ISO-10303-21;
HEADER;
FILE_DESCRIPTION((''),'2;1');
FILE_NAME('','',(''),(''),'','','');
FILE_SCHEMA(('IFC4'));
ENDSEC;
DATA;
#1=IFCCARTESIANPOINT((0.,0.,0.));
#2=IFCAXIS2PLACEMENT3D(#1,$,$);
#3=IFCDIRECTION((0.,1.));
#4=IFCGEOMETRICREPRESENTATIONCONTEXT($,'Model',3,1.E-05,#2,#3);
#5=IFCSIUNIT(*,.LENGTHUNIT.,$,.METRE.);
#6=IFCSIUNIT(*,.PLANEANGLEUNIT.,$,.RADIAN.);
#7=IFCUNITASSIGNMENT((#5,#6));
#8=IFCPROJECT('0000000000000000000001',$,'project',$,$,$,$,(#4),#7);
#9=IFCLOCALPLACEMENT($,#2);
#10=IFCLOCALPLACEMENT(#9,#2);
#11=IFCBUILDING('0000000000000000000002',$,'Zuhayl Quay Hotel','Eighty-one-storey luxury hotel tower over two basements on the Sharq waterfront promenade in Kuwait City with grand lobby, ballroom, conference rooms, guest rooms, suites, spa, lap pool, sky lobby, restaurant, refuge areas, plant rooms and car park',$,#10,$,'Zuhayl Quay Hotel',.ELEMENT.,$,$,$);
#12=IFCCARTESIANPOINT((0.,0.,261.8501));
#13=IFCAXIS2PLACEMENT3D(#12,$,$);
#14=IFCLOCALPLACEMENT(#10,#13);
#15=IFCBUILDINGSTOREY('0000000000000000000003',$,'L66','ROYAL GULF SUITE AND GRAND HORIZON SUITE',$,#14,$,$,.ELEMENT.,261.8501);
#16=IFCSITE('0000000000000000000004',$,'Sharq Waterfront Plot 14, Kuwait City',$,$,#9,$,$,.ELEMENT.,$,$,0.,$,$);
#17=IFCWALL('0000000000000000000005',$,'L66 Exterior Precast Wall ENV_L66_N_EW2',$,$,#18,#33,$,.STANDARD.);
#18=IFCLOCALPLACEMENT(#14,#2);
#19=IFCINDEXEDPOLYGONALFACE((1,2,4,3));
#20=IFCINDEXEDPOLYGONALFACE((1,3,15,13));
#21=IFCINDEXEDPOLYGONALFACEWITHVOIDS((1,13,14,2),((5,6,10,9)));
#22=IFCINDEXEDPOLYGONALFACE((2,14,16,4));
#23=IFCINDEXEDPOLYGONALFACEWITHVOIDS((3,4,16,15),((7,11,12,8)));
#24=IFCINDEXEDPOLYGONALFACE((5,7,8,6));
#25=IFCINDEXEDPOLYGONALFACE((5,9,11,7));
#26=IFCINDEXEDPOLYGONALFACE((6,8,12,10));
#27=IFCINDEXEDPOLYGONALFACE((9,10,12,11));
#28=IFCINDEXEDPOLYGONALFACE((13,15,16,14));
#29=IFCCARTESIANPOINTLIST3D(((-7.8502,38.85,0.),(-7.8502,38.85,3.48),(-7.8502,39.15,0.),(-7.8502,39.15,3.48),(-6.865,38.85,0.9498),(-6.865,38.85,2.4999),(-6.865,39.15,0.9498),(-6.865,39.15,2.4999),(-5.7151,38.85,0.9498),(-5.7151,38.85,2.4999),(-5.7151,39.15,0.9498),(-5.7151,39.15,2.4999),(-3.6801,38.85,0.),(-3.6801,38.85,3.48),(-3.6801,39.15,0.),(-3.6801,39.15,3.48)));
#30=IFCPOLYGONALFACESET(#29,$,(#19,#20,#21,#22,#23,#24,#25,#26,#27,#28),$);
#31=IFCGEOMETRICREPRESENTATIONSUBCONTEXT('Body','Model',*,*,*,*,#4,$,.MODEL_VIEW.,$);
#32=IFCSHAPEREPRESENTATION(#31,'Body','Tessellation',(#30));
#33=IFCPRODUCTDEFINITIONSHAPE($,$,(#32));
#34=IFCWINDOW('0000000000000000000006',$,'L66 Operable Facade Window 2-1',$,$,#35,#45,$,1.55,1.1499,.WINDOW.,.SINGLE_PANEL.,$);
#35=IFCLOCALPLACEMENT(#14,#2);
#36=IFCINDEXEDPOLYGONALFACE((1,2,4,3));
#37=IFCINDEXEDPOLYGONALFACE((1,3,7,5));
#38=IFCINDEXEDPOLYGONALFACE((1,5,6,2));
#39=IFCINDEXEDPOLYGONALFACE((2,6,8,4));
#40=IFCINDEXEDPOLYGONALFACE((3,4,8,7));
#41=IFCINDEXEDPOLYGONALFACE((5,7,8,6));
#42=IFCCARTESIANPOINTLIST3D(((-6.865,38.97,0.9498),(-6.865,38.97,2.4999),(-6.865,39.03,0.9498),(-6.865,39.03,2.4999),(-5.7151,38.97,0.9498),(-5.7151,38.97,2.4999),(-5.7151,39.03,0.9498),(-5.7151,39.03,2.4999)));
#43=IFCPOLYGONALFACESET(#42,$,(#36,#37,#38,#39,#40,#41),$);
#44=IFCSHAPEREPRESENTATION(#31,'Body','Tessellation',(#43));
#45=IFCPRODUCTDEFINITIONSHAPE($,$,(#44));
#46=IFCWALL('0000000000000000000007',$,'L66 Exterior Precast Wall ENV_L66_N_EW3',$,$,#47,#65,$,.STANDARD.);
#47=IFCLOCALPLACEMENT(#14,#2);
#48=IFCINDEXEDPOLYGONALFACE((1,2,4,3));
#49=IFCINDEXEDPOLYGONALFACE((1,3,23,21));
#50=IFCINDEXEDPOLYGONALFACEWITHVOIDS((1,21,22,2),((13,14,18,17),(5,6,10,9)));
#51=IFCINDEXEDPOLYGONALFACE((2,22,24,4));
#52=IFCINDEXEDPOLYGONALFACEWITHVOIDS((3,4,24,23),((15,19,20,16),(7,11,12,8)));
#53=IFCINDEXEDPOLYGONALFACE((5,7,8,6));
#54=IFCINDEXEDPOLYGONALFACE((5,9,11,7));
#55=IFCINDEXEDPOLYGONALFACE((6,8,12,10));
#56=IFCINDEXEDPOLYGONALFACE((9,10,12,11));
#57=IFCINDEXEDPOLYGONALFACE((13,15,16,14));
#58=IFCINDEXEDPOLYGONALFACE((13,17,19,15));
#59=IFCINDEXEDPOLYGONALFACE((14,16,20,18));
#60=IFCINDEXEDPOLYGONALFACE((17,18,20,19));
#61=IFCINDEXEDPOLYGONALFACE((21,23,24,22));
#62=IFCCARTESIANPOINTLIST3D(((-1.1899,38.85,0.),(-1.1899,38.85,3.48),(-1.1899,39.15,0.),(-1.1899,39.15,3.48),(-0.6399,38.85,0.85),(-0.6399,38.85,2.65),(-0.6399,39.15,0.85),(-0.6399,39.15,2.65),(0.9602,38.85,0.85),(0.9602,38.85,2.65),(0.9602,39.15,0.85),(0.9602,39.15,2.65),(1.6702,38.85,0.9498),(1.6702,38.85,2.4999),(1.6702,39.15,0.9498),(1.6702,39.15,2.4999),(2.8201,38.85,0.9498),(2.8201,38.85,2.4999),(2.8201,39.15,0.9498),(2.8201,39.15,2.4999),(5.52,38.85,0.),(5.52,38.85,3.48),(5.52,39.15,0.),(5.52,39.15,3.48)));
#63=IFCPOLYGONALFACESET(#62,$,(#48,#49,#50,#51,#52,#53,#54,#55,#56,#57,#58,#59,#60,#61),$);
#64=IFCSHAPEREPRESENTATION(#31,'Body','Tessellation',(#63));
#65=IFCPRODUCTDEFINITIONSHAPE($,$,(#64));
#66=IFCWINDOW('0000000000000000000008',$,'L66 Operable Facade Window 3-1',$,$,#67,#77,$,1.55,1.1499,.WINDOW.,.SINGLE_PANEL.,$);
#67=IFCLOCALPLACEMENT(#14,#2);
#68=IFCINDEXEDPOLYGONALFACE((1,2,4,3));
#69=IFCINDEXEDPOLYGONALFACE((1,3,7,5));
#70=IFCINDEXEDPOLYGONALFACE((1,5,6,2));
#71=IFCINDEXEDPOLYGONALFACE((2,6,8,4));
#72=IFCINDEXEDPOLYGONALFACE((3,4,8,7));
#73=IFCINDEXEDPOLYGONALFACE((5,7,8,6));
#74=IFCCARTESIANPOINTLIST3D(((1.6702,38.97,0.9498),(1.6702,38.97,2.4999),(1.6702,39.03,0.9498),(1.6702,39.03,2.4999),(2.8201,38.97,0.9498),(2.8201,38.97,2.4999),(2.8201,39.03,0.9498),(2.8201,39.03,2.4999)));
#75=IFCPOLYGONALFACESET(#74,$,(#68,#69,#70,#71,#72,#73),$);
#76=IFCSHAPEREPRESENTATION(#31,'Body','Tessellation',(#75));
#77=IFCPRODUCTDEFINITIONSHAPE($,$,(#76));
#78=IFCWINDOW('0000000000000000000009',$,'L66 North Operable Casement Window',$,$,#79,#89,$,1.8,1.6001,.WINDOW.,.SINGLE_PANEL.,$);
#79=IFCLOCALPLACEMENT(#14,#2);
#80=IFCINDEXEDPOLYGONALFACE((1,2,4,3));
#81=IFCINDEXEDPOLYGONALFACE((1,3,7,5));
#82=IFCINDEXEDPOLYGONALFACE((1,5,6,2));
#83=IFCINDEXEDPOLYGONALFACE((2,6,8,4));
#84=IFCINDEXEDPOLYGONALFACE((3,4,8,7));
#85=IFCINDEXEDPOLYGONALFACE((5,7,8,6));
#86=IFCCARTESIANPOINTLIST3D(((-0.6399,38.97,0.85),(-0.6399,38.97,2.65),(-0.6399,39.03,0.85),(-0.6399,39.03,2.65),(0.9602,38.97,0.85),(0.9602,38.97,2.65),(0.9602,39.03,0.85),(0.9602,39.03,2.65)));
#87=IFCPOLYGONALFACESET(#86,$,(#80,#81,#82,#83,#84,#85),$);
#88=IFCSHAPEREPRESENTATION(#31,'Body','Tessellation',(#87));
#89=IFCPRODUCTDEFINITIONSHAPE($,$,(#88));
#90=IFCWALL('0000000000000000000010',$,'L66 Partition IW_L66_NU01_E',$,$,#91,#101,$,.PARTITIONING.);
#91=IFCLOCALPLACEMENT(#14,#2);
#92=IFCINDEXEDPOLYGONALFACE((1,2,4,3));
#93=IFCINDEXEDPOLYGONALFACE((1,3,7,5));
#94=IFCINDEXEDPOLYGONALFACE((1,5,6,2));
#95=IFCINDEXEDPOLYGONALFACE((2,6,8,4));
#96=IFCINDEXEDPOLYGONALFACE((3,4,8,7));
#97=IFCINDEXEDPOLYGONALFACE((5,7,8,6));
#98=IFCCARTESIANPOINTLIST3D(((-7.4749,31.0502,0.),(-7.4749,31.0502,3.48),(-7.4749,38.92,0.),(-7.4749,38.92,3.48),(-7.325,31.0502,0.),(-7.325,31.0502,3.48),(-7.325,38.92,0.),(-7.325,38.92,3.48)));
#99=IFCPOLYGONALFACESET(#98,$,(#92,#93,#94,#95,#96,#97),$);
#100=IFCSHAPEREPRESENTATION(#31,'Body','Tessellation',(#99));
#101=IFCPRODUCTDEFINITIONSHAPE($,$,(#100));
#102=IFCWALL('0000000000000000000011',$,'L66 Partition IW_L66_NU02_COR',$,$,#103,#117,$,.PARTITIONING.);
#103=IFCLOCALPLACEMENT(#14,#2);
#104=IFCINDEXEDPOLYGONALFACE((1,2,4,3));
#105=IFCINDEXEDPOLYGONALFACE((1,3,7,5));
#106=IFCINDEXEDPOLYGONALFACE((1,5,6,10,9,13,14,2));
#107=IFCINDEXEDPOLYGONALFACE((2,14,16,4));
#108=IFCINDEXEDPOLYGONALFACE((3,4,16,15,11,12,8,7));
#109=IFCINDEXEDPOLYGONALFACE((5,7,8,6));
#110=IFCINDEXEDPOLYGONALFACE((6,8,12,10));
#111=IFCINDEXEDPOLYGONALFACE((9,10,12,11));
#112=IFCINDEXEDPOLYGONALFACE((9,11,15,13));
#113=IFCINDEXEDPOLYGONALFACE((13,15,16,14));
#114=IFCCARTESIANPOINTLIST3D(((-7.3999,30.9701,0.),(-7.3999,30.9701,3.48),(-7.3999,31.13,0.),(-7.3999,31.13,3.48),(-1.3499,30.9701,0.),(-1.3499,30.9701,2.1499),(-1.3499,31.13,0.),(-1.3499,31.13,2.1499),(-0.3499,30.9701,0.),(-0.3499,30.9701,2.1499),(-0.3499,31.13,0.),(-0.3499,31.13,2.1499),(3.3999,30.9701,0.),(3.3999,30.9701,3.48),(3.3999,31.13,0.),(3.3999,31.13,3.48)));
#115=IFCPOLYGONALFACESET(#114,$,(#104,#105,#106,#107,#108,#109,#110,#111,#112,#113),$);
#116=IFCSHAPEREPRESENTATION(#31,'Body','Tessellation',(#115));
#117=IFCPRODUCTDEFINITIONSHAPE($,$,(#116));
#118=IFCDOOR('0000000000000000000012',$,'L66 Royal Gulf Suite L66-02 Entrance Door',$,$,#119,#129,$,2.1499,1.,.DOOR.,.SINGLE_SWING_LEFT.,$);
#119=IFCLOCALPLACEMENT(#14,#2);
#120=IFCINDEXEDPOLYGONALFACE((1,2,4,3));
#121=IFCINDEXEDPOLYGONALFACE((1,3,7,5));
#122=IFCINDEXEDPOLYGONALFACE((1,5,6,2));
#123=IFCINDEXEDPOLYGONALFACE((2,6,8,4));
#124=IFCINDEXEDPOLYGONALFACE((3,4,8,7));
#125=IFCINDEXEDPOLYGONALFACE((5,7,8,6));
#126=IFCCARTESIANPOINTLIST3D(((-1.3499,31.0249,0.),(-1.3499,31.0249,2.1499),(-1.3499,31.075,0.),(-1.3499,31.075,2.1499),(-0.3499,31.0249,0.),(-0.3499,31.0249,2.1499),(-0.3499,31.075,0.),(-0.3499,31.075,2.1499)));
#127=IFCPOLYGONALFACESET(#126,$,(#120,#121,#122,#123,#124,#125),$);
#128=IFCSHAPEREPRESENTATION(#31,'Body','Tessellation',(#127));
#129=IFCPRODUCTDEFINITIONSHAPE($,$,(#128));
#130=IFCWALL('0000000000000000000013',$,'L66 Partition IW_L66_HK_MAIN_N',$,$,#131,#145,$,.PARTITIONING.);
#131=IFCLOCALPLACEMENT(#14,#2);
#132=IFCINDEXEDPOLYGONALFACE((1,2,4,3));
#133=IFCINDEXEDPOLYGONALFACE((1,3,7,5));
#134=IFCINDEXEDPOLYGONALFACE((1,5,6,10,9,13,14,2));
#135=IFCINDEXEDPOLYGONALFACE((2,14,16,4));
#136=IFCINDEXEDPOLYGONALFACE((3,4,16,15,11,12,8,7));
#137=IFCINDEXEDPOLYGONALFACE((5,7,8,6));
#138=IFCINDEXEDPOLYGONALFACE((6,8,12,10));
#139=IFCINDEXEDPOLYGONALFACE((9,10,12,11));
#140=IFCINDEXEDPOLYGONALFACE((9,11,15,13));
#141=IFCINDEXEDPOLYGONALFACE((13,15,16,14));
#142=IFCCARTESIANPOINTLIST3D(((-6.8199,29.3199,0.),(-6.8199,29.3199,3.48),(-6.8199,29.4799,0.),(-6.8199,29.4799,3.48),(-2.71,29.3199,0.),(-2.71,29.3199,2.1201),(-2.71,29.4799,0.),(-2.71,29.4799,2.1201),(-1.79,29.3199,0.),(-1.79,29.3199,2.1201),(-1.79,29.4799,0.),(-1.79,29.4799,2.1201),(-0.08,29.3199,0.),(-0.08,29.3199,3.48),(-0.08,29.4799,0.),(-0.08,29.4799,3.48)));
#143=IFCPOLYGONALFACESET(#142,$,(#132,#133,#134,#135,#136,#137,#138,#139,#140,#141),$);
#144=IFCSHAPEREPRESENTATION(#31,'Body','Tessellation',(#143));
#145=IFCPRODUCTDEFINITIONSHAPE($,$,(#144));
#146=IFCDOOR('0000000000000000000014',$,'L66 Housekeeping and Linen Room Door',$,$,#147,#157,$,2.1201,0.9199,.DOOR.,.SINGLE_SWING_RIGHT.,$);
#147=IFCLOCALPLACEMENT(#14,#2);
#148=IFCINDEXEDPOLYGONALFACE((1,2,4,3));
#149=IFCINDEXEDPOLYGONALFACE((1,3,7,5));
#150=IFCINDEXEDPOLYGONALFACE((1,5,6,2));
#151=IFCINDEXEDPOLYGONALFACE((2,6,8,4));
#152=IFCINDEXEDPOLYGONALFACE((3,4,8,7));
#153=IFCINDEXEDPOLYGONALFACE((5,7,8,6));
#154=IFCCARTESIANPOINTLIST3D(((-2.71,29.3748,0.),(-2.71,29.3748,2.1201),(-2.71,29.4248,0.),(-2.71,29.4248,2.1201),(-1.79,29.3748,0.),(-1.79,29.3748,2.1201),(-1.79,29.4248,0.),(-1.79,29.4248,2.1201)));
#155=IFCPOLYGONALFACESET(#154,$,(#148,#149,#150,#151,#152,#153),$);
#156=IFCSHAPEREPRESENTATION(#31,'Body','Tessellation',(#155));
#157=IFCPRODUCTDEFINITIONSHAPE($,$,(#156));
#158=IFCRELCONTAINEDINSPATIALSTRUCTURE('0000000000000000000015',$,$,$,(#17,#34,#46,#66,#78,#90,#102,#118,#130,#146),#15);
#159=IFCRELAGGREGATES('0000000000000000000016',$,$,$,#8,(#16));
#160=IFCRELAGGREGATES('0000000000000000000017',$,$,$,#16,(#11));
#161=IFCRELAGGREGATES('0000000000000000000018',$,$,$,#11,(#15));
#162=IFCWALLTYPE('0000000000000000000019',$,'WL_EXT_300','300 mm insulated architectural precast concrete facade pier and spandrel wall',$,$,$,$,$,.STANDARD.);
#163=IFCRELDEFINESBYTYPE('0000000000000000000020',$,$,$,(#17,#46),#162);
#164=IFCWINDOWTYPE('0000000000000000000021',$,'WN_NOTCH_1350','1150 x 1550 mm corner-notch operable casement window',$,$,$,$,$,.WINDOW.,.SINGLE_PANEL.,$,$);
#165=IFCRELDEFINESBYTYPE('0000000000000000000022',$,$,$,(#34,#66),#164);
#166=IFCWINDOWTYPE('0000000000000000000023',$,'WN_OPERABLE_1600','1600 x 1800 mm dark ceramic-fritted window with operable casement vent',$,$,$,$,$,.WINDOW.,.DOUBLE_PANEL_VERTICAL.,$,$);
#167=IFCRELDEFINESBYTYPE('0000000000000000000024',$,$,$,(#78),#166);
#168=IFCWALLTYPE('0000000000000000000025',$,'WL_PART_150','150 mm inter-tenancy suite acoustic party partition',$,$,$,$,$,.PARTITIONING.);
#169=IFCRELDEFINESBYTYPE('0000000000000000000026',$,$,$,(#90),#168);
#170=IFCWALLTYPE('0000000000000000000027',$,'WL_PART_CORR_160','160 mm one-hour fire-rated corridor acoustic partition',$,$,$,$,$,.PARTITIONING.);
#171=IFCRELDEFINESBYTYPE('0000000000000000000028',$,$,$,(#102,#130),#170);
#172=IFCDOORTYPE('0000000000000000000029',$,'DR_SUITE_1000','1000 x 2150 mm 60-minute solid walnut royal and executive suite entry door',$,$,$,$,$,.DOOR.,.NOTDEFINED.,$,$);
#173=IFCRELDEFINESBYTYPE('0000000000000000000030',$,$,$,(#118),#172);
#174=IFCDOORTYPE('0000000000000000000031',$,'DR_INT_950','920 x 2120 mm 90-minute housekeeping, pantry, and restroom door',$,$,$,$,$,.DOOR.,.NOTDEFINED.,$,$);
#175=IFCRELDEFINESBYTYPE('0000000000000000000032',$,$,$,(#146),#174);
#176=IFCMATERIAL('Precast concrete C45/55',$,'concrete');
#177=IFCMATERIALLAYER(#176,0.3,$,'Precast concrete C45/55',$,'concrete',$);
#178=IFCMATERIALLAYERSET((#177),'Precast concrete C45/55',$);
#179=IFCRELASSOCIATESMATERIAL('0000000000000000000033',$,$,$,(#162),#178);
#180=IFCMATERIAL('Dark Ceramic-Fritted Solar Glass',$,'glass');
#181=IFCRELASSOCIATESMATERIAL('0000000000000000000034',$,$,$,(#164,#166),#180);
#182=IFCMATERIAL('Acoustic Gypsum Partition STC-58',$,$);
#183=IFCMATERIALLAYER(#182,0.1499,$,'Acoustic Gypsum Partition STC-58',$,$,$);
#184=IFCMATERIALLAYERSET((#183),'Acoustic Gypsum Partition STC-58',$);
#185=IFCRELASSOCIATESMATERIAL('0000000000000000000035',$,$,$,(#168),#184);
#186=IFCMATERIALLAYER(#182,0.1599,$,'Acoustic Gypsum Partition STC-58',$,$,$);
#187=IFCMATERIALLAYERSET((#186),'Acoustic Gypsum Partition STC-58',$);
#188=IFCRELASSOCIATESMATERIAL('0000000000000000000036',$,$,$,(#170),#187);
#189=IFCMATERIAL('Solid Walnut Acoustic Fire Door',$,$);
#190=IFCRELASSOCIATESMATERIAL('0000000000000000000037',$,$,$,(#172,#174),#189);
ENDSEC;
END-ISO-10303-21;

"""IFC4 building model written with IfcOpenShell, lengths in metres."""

from ifc_helpers import new_model, si_unit, direction, frame, frame_2d, origin, place, context, subcontext, project, spatial, rectangle, extrude, material, layer, layer_set, type_object, element, fill, save


model = new_model("IFC4")

# Units and contexts
model_context = context("Model", 3, precision=1e-05, world=origin(), true_north=direction((0.0, 1.0)))
body_context = subcontext(model_context, "Body", "Model", "MODEL_VIEW")
ifc_project = project(units=[si_unit("LENGTHUNIT", "METRE"), si_unit("PLANEANGLEUNIT", "RADIAN")], contexts=[model_context])

# Site, building, storey
site_placement = place(None, origin())
site = spatial("IfcSite", under=ifc_project, at=site_placement, Name="Sharq Waterfront Plot 14, Kuwait City", CompositionType="ELEMENT", RefElevation=0.0)
building_placement = place(site_placement, origin())
building = spatial("IfcBuilding", under=site, at=building_placement, Name="Zuhayl Quay Hotel", Description="Eighty-one-storey luxury hotel tower over two basements on the Sharq waterfront promenade in Kuwait City with grand lobby, ballroom, conference rooms, guest rooms, suites, spa, lap pool, sky lobby, restaurant, refuge areas, plant rooms and car park", LongName="Zuhayl Quay Hotel", CompositionType="ELEMENT")
storey_placement = place(building_placement, frame((0.0, 0.0, 261.8501)))
storey = spatial("IfcBuildingStorey", under=building, at=storey_placement, Name="L66", Description="ROYAL GULF SUITE AND GRAND HORIZON SUITE", CompositionType="ELEMENT", Elevation=261.8501)

# Shared definitions
ifc_material_1 = material(Name="Dark Ceramic-Fritted Solar Glass", Category="glass")

# Wall, opening, window
ifc_material_2 = material(Name="Precast concrete C45/55", Category="concrete")
ifc_layer_1 = layer(ifc_material_2, 0.3, Name="Precast concrete C45/55", Category="concrete")
ifc_layer_set_1 = layer_set([ifc_layer_1], Name="Precast concrete C45/55")
wall_type_1 = type_object("IfcWallType", Name="WL_EXT_300", Description="300 mm insulated architectural precast concrete facade pier and spandrel wall", PredefinedType="STANDARD", material=ifc_layer_set_1)
wall_1_placement = place(storey_placement, frame((-7.8501, 39.0, 0.0), z_axis=(0.0, 0.0, 1.0), x_axis=(1.0, 0.0, 0.0)))
wall_1 = element("IfcWall", 1, at=wall_1_placement, inside=storey, type_object=wall_type_1, Name="L66 Exterior Precast Wall ENV_L66_N_EW2", PredefinedType="STANDARD", context=body_context, shape_type="SweptSolid", body=[
    extrude(rectangle(XDim=4.1702, YDim=0.3, at=frame_2d((2.085, 0.0))), origin(), (0.0, 0.0, 1.0), 3.48),
])
opening_1_placement = place(wall_1_placement, frame((0.9851, 0.0, 0.95)))
opening_1 = element("IfcOpeningElement", 2, at=opening_1_placement, cuts=wall_1, PredefinedType="OPENING", context=body_context, shape_type="SweptSolid", body=[
    extrude(rectangle(XDim=1.1499, YDim=1.55, at=frame_2d((0.575, 0.7749))), frame((0.0, 0.1599, 0.0), z_axis=(0.0, -1.0, 0.0), x_axis=(1.0, 0.0, 0.0)), (0.0, 0.0, 1.0), 0.3201),
])
window_type_1 = type_object("IfcWindowType", Name="WN_NOTCH_1350", Description="1150 x 1550 mm corner-notch operable casement window", PartitioningType="SINGLE_PANEL", PredefinedType="WINDOW", material=ifc_material_1)
window_1_placement = place(opening_1_placement, origin())
window_1 = element("IfcWindow", 3, at=window_1_placement, inside=storey, type_object=window_type_1, Name="L66 Operable Facade Window 2-1", OverallHeight=1.55, OverallWidth=1.1499, PartitioningType="SINGLE_PANEL", PredefinedType="WINDOW", context=body_context, shape_type="SweptSolid", body=[
    extrude(rectangle(XDim=1.1499, YDim=1.55, at=frame_2d((0.575, 0.7749))), frame((0.0, 0.03, 0.0), z_axis=(0.0, -1.0, 0.0), x_axis=(1.0, 0.0, 0.0)), (0.0, 0.0, 1.0), 0.0601),
])
fill(opening_1, window_1)

# Wall, openings, windows
wall_2_placement = place(storey_placement, frame((-1.1899, 39.0, 0.0), z_axis=(0.0, 0.0, 1.0), x_axis=(1.0, 0.0, 0.0)))
wall_2 = element("IfcWall", 4, at=wall_2_placement, inside=storey, type_object=wall_type_1, Name="L66 Exterior Precast Wall ENV_L66_N_EW3", PredefinedType="STANDARD", context=body_context, shape_type="SweptSolid", body=[
    extrude(rectangle(XDim=6.71, YDim=0.3, at=frame_2d((3.355, 0.0))), origin(), (0.0, 0.0, 1.0), 3.48),
])
opening_2_placement = place(wall_2_placement, frame((0.55, 0.0, 0.8501)))
opening_2 = element("IfcOpeningElement", 5, at=opening_2_placement, cuts=wall_2, PredefinedType="OPENING", context=body_context, shape_type="SweptSolid", body=[
    extrude(rectangle(XDim=1.6001, YDim=1.8, at=frame_2d((0.8, 0.8999))), frame((0.0, 0.1599, 0.0), z_axis=(0.0, -1.0, 0.0), x_axis=(1.0, 0.0, 0.0)), (0.0, 0.0, 1.0), 0.3201),
])
opening_3_placement = place(wall_2_placement, frame((2.8601, 0.0, 0.95)))
opening_3 = element("IfcOpeningElement", 6, at=opening_3_placement, cuts=wall_2, PredefinedType="OPENING", context=body_context, shape_type="SweptSolid", body=[
    extrude(rectangle(XDim=1.1499, YDim=1.55, at=frame_2d((0.575, 0.7749))), frame((0.0, 0.1599, 0.0), z_axis=(0.0, -1.0, 0.0), x_axis=(1.0, 0.0, 0.0)), (0.0, 0.0, 1.0), 0.3201),
])
window_2_placement = place(opening_3_placement, origin())
window_2 = element("IfcWindow", 7, at=window_2_placement, inside=storey, type_object=window_type_1, Name="L66 Operable Facade Window 3-1", OverallHeight=1.55, OverallWidth=1.1499, PartitioningType="SINGLE_PANEL", PredefinedType="WINDOW", context=body_context, shape_type="SweptSolid", body=[
    extrude(rectangle(XDim=1.1499, YDim=1.55, at=frame_2d((0.575, 0.7749))), frame((0.0, 0.03, 0.0), z_axis=(0.0, -1.0, 0.0), x_axis=(1.0, 0.0, 0.0)), (0.0, 0.0, 1.0), 0.0601),
])
fill(opening_3, window_2)
window_type_2 = type_object("IfcWindowType", Name="WN_OPERABLE_1600", Description="1600 x 1800 mm dark ceramic-fritted window with operable casement vent", PartitioningType="DOUBLE_PANEL_VERTICAL", PredefinedType="WINDOW", material=ifc_material_1)
window_3_placement = place(opening_2_placement, origin())
window_3 = element("IfcWindow", 8, at=window_3_placement, inside=storey, type_object=window_type_2, Name="L66 North Operable Casement Window", OverallHeight=1.8, OverallWidth=1.6001, PartitioningType="SINGLE_PANEL", PredefinedType="WINDOW", context=body_context, shape_type="SweptSolid", body=[
    extrude(rectangle(XDim=1.6001, YDim=1.8, at=frame_2d((0.8, 0.8999))), frame((0.0, 0.03, 0.0), z_axis=(0.0, -1.0, 0.0), x_axis=(1.0, 0.0, 0.0)), (0.0, 0.0, 1.0), 0.0601),
])
fill(opening_2, window_3)

# Wall
ifc_material_3 = material(Name="Acoustic Gypsum Partition STC-58")
ifc_layer_2 = layer(ifc_material_3, 0.1499, Name="Acoustic Gypsum Partition STC-58")
ifc_layer_set_2 = layer_set([ifc_layer_2], Name="Acoustic Gypsum Partition STC-58")
wall_type_2 = type_object("IfcWallType", Name="WL_PART_150", Description="150 mm inter-tenancy suite acoustic party partition", PredefinedType="PARTITIONING", material=ifc_layer_set_2)
wall_3_placement = place(storey_placement, frame((-7.3999, 31.05, 0.0), z_axis=(0.0, 0.0, 1.0), x_axis=(0.0, 1.0, 0.0)))
element("IfcWall", 9, at=wall_3_placement, inside=storey, type_object=wall_type_2, Name="L66 Partition IW_L66_NU01_E", PredefinedType="PARTITIONING", context=body_context, shape_type="SweptSolid", body=[
    extrude(rectangle(XDim=7.8699, YDim=0.1499, at=frame_2d((3.9351, 0.0))), origin(), (0.0, 0.0, 1.0), 3.48),
])

# Walls, openings, doors
ifc_layer_3 = layer(ifc_material_3, 0.1599, Name="Acoustic Gypsum Partition STC-58")
ifc_layer_set_3 = layer_set([ifc_layer_3], Name="Acoustic Gypsum Partition STC-58")
wall_type_3 = type_object("IfcWallType", Name="WL_PART_CORR_160", Description="160 mm one-hour fire-rated corridor acoustic partition", PredefinedType="PARTITIONING", material=ifc_layer_set_3)
wall_4_placement = place(storey_placement, frame((-7.3999, 31.05, 0.0), z_axis=(0.0, 0.0, 1.0), x_axis=(1.0, 0.0, 0.0)))
wall_4 = element("IfcWall", 10, at=wall_4_placement, inside=storey, type_object=wall_type_3, Name="L66 Partition IW_L66_NU02_COR", PredefinedType="PARTITIONING", context=body_context, shape_type="SweptSolid", body=[
    extrude(rectangle(XDim=10.7998, YDim=0.1599, at=frame_2d((5.3999, 0.0))), origin(), (0.0, 0.0, 1.0), 3.48),
])
opening_4_placement = place(wall_4_placement, frame((6.05, 0.0, 0.0)))
opening_4 = element("IfcOpeningElement", 11, at=opening_4_placement, cuts=wall_4, PredefinedType="OPENING", context=body_context, shape_type="SweptSolid", body=[
    extrude(rectangle(XDim=1.0, YDim=2.1499, at=frame_2d((0.5, 1.075))), frame((0.0, 0.0898, 0.0), z_axis=(0.0, -1.0, 0.0), x_axis=(1.0, 0.0, 0.0)), (0.0, 0.0, 1.0), 0.1799),
])
ifc_material_4 = material(Name="Solid Walnut Acoustic Fire Door")
door_type_1 = type_object("IfcDoorType", Name="DR_SUITE_1000", Description="1000 x 2150 mm 60-minute solid walnut royal and executive suite entry door", OperationType="NOTDEFINED", PredefinedType="DOOR", material=ifc_material_4)
door_1_placement = place(opening_4_placement, origin())
door_1 = element("IfcDoor", 12, at=door_1_placement, inside=storey, type_object=door_type_1, Name="L66 Royal Gulf Suite L66-02 Entrance Door", OperationType="SINGLE_SWING_LEFT", OverallHeight=2.1499, OverallWidth=1.0, PredefinedType="DOOR", context=body_context, shape_type="SweptSolid", body=[
    extrude(rectangle(XDim=1.0, YDim=2.1499, at=frame_2d((0.5, 1.075))), frame((0.0, 0.0249, 0.0), z_axis=(0.0, -1.0, 0.0), x_axis=(1.0, 0.0, 0.0)), (0.0, 0.0, 1.0), 0.05),
])
fill(opening_4, door_1)
wall_5_placement = place(storey_placement, frame((-6.8201, 29.3999, 0.0), z_axis=(0.0, 0.0, 1.0), x_axis=(1.0, 0.0, 0.0)))
wall_5 = element("IfcWall", 13, at=wall_5_placement, inside=storey, type_object=wall_type_3, Name="L66 Partition IW_L66_HK_MAIN_N", PredefinedType="PARTITIONING", context=body_context, shape_type="SweptSolid", body=[
    extrude(rectangle(XDim=6.74, YDim=0.1599, at=frame_2d((3.3701, 0.0))), origin(), (0.0, 0.0, 1.0), 3.48),
])
opening_5_placement = place(wall_5_placement, frame((4.1101, 0.0, 0.0)))
opening_5 = element("IfcOpeningElement", 14, at=opening_5_placement, cuts=wall_5, PredefinedType="OPENING", context=body_context, shape_type="SweptSolid", body=[
    extrude(rectangle(XDim=0.9199, YDim=2.1201, at=frame_2d((0.46, 1.0601))), frame((0.0, 0.0898, 0.0), z_axis=(0.0, -1.0, 0.0), x_axis=(1.0, 0.0, 0.0)), (0.0, 0.0, 1.0), 0.1799),
])
door_type_2 = type_object("IfcDoorType", Name="DR_INT_950", Description="920 x 2120 mm 90-minute housekeeping, pantry, and restroom door", OperationType="NOTDEFINED", PredefinedType="DOOR", material=ifc_material_4)
door_2_placement = place(opening_5_placement, origin())
door_2 = element("IfcDoor", 15, at=door_2_placement, inside=storey, type_object=door_type_2, Name="L66 Housekeeping and Linen Room Door", OperationType="SINGLE_SWING_RIGHT", OverallHeight=2.1201, OverallWidth=0.9199, PredefinedType="DOOR", context=body_context, shape_type="SweptSolid", body=[
    extrude(rectangle(XDim=0.9199, YDim=2.1201, at=frame_2d((0.46, 1.0601))), frame((0.0, 0.0249, 0.0), z_axis=(0.0, -1.0, 0.0), x_axis=(1.0, 0.0, 0.0)), (0.0, 0.0, 1.0), 0.05),
])
fill(opening_5, door_2)

save(model, "model.ifc")
